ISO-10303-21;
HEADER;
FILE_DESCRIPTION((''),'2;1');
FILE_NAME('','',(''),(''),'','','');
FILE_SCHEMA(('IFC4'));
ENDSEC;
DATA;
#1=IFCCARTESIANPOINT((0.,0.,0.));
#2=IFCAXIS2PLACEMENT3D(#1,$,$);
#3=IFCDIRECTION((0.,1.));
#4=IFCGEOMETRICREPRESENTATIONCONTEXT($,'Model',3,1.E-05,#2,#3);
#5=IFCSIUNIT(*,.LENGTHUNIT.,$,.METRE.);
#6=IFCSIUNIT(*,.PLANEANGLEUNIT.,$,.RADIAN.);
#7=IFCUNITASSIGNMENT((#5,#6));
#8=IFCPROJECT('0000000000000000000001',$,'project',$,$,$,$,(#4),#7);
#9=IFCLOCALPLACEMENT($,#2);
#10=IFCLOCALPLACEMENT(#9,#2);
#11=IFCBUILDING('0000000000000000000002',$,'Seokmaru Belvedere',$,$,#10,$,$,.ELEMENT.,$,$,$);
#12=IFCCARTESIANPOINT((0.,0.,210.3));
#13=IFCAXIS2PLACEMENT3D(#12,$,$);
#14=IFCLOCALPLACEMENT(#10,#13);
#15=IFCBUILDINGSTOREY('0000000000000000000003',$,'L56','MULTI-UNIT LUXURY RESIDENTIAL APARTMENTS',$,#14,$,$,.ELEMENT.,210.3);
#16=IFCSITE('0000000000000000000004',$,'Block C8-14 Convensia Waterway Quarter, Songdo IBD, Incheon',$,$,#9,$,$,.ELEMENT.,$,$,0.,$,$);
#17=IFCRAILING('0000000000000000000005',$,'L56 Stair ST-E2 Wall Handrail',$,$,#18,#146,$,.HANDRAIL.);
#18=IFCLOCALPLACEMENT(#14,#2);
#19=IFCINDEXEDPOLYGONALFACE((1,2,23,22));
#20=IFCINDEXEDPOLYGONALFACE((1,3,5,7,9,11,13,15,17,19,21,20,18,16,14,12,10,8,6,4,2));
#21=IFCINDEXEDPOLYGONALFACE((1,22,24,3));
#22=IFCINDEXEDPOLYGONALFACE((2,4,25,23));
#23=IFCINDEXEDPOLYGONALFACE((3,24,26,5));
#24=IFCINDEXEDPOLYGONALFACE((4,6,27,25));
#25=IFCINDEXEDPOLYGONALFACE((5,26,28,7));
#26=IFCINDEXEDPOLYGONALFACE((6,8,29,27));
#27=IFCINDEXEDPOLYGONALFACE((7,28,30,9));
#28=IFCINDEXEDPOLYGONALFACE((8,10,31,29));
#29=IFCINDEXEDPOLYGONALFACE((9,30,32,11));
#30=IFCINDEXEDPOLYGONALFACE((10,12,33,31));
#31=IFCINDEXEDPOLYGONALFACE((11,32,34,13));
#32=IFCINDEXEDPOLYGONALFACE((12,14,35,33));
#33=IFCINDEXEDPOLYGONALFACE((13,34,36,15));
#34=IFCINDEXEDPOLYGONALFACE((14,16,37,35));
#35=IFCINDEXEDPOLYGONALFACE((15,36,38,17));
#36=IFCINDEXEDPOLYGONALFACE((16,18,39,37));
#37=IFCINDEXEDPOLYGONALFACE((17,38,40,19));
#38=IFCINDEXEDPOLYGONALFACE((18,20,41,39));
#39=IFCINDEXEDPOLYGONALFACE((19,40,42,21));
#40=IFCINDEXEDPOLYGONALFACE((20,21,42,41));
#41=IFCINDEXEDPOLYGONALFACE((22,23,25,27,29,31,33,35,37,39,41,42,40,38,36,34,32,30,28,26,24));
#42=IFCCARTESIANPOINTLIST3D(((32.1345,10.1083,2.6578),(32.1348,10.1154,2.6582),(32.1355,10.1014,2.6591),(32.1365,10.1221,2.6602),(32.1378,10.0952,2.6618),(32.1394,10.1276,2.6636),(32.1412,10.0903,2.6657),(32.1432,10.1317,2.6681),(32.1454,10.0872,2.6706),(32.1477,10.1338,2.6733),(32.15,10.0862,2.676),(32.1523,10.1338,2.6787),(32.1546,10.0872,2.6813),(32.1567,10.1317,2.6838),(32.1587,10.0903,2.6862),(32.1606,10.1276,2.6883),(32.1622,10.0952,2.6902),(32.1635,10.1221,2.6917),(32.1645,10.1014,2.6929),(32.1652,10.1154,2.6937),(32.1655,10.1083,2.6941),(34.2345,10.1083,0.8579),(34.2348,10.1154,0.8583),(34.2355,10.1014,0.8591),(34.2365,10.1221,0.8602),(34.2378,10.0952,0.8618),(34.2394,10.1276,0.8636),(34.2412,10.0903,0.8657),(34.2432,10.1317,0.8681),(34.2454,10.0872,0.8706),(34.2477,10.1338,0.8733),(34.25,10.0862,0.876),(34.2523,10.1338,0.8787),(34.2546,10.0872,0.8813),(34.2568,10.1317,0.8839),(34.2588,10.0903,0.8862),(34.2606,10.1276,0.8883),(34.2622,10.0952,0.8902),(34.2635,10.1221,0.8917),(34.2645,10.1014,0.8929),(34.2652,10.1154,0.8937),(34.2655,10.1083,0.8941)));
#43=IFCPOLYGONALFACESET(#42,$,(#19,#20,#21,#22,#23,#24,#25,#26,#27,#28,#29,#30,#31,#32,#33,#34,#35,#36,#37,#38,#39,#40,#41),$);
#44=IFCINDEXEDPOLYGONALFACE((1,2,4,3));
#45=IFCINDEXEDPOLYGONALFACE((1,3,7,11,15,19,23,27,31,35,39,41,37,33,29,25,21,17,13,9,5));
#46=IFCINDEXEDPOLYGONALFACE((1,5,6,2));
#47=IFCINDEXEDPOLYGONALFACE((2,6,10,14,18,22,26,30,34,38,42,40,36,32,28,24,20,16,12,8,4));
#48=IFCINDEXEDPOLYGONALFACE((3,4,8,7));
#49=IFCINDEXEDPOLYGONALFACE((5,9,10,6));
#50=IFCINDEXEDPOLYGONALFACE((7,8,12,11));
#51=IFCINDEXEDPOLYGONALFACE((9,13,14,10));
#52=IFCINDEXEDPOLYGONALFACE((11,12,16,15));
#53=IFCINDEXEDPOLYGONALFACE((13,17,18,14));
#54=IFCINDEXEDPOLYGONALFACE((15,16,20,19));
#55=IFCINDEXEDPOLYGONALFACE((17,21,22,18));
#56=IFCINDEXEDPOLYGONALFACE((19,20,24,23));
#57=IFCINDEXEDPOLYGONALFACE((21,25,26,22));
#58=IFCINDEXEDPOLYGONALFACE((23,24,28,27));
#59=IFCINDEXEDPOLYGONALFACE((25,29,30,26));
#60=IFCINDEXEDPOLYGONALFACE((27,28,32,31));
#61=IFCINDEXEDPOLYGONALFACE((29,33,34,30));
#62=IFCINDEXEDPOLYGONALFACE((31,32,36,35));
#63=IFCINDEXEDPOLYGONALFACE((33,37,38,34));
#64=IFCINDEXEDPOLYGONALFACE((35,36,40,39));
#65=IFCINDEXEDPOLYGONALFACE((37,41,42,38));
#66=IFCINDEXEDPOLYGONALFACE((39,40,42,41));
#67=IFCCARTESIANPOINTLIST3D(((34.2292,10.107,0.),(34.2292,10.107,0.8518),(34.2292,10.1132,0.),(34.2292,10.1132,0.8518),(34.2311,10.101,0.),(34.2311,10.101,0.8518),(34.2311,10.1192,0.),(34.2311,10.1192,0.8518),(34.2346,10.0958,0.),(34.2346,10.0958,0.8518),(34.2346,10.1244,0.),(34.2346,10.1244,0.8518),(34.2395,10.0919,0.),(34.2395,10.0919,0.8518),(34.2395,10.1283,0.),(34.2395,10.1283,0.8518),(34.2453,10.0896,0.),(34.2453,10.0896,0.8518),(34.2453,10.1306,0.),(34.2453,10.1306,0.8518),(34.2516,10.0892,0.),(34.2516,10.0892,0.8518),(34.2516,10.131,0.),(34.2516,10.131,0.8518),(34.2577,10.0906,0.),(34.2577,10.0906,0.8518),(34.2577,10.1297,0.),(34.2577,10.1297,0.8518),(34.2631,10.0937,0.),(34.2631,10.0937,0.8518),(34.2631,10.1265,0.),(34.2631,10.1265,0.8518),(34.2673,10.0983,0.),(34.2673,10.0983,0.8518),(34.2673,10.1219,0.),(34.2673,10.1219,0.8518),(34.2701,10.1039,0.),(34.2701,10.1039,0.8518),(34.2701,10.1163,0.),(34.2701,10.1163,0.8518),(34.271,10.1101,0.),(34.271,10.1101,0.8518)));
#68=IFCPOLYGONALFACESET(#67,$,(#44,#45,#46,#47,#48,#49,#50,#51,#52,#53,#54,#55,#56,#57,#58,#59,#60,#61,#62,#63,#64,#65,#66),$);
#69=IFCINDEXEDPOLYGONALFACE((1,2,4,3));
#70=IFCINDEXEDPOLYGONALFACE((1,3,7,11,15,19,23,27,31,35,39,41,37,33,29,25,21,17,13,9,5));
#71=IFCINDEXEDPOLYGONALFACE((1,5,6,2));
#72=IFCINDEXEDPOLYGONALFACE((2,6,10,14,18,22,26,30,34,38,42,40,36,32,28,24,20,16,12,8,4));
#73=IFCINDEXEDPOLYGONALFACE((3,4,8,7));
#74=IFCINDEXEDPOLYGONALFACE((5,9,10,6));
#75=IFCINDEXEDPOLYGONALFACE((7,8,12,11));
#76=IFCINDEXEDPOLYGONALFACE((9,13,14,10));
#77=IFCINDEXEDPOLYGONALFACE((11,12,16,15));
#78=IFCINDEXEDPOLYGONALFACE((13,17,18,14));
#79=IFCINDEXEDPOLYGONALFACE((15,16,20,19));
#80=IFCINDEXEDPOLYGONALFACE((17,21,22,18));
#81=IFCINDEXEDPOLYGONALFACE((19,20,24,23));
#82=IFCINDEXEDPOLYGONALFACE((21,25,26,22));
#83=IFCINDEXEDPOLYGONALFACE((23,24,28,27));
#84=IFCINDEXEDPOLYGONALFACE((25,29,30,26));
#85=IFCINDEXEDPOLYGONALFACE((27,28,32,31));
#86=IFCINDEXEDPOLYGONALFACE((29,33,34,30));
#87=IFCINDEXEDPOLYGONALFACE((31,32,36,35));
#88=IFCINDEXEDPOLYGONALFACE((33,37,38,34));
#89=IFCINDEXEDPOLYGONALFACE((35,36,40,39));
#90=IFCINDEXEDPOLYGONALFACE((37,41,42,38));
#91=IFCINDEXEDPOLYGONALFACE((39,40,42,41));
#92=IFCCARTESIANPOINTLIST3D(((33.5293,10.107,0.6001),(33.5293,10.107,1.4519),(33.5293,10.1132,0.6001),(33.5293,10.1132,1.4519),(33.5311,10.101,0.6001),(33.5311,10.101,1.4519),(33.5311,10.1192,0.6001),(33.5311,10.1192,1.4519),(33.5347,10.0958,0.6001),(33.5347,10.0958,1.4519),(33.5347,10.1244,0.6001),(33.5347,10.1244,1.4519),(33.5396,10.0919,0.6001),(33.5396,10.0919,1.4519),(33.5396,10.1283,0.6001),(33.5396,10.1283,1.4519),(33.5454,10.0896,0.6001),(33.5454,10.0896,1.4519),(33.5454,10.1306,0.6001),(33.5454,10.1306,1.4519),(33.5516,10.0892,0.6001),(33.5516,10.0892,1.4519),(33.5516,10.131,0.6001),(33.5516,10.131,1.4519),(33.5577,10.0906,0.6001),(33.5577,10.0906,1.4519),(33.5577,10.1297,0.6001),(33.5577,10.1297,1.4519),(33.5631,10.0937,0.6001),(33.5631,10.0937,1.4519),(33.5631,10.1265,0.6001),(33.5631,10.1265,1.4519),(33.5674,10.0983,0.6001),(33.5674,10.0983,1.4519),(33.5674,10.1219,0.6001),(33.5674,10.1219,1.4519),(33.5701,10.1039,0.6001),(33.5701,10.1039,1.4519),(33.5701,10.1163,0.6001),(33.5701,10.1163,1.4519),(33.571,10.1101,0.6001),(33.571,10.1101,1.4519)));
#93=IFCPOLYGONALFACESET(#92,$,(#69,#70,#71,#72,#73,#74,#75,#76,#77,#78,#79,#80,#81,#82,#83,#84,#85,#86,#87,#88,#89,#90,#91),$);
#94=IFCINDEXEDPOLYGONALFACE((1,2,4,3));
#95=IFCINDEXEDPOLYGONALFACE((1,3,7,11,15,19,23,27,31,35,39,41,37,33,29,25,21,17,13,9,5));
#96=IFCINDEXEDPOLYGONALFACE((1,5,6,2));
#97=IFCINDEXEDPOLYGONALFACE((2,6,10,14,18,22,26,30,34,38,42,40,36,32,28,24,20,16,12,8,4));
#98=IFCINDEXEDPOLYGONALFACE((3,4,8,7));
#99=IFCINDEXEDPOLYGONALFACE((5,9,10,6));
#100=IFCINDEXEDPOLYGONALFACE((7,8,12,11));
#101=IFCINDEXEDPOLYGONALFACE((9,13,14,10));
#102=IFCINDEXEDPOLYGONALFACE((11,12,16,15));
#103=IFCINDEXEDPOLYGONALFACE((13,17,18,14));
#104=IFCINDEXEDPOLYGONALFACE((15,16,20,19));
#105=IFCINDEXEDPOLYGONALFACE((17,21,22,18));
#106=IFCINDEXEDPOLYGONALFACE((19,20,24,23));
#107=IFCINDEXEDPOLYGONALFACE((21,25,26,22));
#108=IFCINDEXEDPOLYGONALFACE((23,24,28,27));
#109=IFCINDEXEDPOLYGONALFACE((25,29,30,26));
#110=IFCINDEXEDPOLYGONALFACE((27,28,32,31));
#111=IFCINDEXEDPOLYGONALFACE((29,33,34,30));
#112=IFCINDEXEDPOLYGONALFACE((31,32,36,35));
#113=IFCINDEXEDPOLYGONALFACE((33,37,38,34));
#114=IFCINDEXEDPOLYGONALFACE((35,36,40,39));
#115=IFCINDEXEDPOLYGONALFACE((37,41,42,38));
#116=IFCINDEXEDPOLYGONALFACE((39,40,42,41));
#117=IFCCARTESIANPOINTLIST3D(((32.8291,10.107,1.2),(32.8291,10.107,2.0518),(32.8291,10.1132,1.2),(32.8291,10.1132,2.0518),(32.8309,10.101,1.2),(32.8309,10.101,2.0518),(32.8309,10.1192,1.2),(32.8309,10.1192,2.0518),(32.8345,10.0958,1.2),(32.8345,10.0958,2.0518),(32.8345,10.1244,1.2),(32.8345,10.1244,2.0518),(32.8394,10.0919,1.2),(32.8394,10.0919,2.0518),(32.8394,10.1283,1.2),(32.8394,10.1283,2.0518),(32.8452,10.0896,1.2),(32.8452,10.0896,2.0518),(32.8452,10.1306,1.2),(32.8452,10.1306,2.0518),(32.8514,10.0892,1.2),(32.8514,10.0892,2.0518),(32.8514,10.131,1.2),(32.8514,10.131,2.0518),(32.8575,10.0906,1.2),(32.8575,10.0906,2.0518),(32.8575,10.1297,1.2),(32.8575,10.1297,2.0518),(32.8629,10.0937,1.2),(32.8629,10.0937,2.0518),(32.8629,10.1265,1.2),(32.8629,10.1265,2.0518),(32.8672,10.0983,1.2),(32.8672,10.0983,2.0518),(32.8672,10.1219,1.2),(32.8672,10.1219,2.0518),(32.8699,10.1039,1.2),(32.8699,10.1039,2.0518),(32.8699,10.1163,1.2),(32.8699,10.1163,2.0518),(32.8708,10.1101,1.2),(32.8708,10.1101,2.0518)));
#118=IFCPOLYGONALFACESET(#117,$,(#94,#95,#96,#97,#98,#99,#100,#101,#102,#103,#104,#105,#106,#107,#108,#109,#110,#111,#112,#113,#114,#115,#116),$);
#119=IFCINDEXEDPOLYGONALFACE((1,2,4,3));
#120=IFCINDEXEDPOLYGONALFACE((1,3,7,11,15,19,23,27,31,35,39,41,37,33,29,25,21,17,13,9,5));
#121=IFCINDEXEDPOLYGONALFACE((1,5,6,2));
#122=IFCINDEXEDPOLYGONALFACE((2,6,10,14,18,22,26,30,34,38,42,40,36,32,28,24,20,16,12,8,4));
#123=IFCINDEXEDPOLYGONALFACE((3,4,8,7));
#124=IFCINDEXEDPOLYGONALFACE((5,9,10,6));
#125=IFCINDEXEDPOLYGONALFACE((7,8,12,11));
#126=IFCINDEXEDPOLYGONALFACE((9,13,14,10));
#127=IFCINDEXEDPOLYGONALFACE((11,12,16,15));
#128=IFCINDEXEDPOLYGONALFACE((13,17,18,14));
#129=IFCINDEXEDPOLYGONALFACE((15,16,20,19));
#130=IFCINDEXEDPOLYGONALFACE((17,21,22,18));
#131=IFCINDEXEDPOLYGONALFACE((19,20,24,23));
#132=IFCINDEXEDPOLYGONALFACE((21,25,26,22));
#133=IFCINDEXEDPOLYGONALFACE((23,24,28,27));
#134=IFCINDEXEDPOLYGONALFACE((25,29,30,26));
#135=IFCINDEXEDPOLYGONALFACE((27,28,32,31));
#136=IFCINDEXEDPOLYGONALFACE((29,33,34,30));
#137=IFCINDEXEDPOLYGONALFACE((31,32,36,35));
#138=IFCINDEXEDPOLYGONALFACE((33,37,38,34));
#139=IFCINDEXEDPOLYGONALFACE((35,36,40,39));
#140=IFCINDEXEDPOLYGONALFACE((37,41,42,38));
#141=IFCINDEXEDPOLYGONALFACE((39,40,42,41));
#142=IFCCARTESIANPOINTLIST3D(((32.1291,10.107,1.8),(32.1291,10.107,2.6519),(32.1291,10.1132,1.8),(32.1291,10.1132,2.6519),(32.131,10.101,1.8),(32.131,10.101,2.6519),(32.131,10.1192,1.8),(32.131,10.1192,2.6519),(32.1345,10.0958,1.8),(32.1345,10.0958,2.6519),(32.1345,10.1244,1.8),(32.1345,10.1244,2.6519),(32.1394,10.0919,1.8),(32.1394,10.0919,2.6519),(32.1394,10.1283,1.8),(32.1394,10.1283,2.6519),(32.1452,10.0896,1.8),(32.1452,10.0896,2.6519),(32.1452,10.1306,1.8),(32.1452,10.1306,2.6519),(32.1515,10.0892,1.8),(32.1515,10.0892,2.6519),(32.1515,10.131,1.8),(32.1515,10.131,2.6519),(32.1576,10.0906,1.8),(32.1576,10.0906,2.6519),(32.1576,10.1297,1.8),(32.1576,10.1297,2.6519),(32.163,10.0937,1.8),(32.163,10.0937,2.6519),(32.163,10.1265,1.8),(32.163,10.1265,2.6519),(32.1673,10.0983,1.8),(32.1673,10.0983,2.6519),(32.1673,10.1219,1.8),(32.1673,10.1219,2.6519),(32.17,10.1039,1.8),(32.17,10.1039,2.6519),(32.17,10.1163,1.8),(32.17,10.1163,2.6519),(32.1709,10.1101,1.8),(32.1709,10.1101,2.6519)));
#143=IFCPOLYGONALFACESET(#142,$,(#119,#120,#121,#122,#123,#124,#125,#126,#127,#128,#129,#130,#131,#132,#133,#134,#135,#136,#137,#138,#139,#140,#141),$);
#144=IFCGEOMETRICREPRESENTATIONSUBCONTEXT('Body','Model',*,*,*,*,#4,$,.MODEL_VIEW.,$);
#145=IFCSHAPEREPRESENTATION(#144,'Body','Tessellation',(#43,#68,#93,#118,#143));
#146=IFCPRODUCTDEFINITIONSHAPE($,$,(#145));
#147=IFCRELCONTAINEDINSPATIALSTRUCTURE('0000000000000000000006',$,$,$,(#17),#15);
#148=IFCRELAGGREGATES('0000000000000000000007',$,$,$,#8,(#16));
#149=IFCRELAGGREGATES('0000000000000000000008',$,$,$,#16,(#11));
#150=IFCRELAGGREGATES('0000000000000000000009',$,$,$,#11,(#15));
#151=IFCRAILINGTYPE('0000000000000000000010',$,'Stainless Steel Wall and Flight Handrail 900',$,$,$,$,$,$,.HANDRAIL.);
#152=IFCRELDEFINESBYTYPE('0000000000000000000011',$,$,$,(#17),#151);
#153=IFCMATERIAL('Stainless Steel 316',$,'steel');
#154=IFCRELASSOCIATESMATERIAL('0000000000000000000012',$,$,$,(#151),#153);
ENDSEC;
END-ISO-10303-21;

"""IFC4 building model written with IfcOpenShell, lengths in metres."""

from ifc_helpers import new_model, si_unit, direction, frame, origin, origin_2d, place, context, subcontext, project, spatial, circle, extrude, material, type_object, element, save


model = new_model("IFC4")

# Units and contexts
model_context = context("Model", 3, precision=1e-05, world=origin(), true_north=direction((0.0, 1.0)))
body_context = subcontext(model_context, "Body", "Model", "MODEL_VIEW")
ifc_project = project(units=[si_unit("LENGTHUNIT", "METRE"), si_unit("PLANEANGLEUNIT", "RADIAN")], contexts=[model_context])

# Site, building, storey
site_placement = place(None, origin())
site = spatial("IfcSite", under=ifc_project, at=site_placement, Name="Block C8-14 Convensia Waterway Quarter, Songdo IBD, Incheon", CompositionType="ELEMENT", RefElevation=0.0)
building_placement = place(site_placement, origin())
building = spatial("IfcBuilding", under=site, at=building_placement, Name="Seokmaru Belvedere", CompositionType="ELEMENT")
storey_placement = place(building_placement, frame((0.0, 0.0, 210.3)))
storey = spatial("IfcBuildingStorey", under=building, at=storey_placement, Name="L56", Description="MULTI-UNIT LUXURY RESIDENTIAL APARTMENTS", CompositionType="ELEMENT", Elevation=210.3)

# Shared definitions
ifc_material_1 = material(Name="Stainless Steel 316", Category="steel")

# Railing
railing_type_1 = type_object("IfcRailingType", Name="Stainless Steel Wall and Flight Handrail 900", PredefinedType="HANDRAIL", material=ifc_material_1)
railing_1_placement = place(storey_placement, frame((34.25, 10.1101, 0.0)))
element("IfcRailing", 1, at=railing_1_placement, inside=storey, type_object=railing_type_1, Name="L56 Stair ST-E2 Wall Handrail", PredefinedType="HANDRAIL", context=body_context, shape_type="SweptSolid", body=[
    extrude(circle(Radius=0.0239, at=origin_2d()), frame((0.0, 0.0, 0.876), z_axis=(-0.759263, 0.0, 0.650784), x_axis=(0.0, -1.0, 0.0)), (0.0, 0.0, 1.0), 2.7659),
    extrude(circle(Radius=0.021, at=origin_2d()), origin(), (0.0, 0.0, 1.0), 0.8518),
    extrude(circle(Radius=0.021, at=origin_2d()), frame((-0.7, 0.0, 0.6001)), (0.0, 0.0, 1.0), 0.8518),
    extrude(circle(Radius=0.021, at=origin_2d()), frame((-1.4001, 0.0, 1.2)), (0.0, 0.0, 1.0), 0.8518),
    extrude(circle(Radius=0.021, at=origin_2d()), frame((-2.1001, 0.0, 1.8)), (0.0, 0.0, 1.0), 0.8518),
])

save(model, "model.ifc")
